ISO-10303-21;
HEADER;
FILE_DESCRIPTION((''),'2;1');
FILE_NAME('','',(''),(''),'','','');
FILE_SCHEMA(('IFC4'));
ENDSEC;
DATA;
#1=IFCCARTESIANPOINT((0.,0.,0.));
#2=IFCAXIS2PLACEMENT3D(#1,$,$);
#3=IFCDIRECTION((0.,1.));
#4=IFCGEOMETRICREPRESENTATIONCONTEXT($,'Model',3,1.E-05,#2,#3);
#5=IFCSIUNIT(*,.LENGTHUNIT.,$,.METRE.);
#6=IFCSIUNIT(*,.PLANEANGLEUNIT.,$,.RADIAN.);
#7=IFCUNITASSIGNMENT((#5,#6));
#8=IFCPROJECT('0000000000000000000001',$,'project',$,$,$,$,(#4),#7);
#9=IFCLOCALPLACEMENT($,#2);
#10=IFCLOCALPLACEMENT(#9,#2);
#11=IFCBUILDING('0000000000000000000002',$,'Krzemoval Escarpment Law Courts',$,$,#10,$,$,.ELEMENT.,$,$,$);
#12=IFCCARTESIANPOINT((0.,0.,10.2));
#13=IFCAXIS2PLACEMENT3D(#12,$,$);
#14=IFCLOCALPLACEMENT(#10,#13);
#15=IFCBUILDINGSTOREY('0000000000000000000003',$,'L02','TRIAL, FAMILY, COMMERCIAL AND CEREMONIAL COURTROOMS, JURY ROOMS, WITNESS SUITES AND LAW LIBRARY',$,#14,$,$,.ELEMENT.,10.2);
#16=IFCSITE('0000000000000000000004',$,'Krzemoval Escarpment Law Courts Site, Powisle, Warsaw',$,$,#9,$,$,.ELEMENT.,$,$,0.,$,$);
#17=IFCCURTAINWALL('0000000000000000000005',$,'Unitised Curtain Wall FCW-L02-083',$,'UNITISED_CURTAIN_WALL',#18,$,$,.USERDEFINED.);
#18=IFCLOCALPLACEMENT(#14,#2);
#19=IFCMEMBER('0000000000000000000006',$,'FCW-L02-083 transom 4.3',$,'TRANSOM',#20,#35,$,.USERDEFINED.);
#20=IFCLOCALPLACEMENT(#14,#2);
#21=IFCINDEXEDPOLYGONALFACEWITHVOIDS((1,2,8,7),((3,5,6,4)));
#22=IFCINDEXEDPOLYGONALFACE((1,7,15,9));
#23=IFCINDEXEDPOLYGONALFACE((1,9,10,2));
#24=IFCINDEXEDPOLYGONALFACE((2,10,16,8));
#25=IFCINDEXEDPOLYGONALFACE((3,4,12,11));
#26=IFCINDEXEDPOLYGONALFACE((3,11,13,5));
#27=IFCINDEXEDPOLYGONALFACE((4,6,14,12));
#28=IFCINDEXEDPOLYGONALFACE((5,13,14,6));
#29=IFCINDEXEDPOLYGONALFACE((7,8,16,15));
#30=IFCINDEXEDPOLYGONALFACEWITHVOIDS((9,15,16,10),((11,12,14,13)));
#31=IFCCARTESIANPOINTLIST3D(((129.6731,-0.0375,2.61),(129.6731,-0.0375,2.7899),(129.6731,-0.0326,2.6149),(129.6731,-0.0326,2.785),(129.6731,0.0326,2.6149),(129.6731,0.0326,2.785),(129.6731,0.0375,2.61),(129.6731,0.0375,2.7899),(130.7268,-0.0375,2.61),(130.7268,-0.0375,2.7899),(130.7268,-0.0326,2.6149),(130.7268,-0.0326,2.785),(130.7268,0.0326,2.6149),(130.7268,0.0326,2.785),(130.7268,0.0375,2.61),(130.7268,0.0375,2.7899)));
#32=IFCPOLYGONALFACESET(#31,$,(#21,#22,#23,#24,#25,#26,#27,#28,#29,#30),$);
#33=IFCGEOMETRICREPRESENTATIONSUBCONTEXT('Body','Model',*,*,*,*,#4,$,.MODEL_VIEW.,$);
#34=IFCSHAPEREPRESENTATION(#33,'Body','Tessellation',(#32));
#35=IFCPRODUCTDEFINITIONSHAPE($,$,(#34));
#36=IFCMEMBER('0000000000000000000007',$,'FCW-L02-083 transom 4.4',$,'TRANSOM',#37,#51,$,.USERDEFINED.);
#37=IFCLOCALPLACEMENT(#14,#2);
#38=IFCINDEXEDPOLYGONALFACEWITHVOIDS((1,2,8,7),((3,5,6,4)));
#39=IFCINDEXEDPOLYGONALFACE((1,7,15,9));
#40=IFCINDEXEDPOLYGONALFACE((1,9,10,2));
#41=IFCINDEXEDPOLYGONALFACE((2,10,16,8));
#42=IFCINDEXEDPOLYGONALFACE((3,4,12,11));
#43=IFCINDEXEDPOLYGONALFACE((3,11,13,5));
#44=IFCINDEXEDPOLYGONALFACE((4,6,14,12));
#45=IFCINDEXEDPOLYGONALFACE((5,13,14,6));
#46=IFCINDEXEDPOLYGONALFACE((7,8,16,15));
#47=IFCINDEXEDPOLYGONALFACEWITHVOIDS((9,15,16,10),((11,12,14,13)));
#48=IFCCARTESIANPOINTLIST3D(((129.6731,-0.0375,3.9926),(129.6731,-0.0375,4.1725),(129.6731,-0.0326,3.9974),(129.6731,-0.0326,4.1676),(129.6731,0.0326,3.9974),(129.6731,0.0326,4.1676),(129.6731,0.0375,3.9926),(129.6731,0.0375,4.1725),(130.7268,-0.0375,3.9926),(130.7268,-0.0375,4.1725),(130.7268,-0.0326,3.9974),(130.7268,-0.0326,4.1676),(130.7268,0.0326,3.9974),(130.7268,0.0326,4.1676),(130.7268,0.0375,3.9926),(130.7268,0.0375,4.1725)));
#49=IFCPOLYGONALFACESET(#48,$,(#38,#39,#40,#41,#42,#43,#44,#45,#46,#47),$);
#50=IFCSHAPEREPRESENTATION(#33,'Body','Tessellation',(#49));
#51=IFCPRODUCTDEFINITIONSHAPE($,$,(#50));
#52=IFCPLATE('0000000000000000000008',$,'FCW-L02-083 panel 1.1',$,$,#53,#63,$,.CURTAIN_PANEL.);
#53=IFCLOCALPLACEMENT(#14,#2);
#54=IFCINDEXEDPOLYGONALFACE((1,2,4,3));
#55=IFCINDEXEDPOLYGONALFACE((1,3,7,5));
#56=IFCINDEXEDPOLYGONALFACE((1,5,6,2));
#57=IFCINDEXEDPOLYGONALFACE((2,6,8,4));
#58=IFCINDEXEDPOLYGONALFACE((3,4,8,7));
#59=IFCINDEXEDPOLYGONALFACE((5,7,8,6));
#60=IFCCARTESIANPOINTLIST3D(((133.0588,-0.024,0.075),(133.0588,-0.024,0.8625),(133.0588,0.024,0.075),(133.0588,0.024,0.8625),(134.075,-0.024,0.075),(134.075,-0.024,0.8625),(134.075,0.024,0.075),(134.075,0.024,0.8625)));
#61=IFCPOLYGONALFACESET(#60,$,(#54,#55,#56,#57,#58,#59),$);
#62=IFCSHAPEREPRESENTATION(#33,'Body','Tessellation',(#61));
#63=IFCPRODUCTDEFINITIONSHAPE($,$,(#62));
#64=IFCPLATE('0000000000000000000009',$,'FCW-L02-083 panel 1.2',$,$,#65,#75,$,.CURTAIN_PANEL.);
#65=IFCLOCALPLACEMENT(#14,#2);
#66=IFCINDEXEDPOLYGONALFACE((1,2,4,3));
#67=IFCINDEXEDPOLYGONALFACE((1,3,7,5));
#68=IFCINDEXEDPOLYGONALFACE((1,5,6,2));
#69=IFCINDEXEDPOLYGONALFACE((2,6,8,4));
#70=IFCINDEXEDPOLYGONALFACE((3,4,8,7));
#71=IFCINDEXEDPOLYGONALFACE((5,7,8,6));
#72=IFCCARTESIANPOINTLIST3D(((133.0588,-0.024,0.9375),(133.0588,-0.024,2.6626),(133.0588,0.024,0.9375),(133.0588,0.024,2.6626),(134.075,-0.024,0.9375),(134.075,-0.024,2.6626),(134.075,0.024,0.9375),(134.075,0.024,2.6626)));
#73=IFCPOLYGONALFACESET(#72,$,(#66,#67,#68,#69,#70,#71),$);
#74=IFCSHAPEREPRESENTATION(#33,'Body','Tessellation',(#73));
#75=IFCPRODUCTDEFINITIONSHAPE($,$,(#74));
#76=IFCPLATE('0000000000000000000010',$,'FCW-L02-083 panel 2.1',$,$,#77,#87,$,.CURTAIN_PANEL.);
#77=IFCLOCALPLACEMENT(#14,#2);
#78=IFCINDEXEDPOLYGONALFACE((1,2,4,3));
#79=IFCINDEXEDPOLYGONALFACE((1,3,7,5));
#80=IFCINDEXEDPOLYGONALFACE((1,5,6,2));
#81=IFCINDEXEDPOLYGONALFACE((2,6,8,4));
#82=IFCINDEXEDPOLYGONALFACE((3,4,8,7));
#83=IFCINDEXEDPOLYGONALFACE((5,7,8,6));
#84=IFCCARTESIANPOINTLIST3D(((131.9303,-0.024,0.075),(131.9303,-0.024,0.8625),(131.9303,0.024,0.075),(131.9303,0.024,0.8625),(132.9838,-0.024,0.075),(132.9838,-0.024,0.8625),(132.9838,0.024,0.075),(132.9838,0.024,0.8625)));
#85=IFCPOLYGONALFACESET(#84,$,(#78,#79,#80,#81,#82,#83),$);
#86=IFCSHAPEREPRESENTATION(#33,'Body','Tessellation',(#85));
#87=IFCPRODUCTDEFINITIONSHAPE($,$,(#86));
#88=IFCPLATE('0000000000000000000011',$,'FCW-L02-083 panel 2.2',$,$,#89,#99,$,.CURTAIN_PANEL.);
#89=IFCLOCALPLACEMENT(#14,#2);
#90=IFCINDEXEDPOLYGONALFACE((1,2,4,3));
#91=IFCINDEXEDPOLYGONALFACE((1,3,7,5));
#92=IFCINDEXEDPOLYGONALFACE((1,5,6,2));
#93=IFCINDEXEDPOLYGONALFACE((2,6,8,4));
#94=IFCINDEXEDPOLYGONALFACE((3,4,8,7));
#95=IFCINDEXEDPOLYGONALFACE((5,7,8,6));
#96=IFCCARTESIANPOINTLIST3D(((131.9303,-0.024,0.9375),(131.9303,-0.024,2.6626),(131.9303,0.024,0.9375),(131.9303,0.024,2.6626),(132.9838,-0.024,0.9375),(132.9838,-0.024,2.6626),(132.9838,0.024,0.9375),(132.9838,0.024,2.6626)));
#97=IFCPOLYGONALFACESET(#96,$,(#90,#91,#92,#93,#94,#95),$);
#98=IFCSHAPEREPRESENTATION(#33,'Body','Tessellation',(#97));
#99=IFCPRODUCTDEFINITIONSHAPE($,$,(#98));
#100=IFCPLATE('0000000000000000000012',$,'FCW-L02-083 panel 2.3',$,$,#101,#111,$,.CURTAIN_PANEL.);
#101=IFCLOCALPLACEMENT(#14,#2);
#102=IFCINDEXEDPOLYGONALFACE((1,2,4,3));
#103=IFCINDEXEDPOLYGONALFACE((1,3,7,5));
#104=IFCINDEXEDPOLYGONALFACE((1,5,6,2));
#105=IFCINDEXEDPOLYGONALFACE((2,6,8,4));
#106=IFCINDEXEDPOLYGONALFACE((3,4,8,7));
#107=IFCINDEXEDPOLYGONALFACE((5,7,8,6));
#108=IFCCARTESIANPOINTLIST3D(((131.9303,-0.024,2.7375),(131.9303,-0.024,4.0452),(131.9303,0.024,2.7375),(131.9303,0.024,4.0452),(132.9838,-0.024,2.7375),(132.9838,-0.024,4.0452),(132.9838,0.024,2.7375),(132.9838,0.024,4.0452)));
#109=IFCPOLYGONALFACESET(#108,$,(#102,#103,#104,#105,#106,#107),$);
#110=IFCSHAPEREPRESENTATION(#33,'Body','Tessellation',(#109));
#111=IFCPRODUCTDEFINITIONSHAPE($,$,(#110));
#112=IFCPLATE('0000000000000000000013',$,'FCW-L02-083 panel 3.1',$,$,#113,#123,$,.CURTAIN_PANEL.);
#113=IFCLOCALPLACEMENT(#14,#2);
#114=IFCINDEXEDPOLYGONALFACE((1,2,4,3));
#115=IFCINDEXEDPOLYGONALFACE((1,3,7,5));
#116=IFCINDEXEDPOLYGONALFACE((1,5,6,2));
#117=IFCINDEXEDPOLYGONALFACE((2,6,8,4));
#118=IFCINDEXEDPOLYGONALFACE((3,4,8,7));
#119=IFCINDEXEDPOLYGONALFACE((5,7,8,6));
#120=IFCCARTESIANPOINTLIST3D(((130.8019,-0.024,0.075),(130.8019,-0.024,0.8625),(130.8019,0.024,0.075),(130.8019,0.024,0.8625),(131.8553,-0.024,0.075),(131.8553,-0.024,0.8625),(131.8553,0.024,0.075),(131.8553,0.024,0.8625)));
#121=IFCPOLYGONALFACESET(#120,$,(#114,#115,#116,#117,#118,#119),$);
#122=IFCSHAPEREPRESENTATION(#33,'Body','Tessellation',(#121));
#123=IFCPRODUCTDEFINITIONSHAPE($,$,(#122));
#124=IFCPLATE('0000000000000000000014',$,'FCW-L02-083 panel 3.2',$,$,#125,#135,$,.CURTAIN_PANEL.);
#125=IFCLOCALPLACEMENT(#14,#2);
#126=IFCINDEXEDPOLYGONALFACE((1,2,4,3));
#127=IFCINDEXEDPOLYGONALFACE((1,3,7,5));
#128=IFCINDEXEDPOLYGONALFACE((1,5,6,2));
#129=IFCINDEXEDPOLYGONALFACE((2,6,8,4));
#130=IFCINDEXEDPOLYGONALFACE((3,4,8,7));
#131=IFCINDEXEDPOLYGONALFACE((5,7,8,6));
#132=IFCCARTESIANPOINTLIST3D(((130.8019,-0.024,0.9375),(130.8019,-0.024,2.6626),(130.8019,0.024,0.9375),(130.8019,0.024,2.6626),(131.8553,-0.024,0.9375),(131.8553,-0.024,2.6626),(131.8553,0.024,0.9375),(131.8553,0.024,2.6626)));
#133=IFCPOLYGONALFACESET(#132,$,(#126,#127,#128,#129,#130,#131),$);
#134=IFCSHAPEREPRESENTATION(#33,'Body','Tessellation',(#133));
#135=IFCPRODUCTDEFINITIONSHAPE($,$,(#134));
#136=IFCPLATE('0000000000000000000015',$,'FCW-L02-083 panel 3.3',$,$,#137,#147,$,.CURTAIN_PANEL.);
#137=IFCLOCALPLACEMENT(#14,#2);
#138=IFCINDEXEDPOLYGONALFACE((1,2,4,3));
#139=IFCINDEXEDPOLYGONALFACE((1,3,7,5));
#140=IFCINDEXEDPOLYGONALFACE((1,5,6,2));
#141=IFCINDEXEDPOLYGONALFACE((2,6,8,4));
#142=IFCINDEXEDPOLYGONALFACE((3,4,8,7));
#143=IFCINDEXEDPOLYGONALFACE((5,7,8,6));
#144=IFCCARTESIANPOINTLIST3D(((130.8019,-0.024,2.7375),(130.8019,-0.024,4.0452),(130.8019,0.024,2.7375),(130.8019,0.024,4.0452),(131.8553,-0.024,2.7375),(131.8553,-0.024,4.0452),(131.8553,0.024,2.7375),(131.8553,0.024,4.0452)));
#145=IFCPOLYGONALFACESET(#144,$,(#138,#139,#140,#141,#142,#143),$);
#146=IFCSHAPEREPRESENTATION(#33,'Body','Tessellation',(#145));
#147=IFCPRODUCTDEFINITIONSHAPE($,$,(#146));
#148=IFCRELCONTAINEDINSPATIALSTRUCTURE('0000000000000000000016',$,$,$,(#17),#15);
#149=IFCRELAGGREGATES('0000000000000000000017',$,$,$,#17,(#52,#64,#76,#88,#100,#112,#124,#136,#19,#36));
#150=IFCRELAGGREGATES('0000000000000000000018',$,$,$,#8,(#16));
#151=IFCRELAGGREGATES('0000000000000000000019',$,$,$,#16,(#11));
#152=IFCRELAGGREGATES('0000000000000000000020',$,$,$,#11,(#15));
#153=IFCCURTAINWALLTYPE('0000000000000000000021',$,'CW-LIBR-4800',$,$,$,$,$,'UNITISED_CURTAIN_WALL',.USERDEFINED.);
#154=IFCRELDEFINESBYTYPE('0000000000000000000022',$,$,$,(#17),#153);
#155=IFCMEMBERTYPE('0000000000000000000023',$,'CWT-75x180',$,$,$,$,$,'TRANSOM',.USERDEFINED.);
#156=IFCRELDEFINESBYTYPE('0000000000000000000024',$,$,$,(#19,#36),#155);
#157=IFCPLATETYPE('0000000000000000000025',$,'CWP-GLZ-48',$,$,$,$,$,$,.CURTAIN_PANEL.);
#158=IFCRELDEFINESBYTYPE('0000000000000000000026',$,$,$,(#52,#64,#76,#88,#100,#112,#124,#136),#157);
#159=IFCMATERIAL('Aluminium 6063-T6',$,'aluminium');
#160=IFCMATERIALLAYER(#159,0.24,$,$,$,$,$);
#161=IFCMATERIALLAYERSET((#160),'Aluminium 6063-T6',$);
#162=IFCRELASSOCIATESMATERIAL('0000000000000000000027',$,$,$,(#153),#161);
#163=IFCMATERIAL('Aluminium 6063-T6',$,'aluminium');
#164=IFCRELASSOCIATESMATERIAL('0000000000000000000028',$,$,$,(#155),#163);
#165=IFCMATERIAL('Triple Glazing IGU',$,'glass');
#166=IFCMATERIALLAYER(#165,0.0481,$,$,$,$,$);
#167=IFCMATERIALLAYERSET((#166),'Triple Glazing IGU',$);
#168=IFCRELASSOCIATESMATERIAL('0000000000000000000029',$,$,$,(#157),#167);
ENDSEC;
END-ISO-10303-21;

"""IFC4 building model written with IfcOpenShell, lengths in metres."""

from ifc_helpers import new_model, si_unit, direction, frame, origin, origin_2d, place, context, subcontext, project, spatial, rectangle, hollow_rectangle, extrude, material, layer, layer_set, material_profile, profile_set, type_object, element, aggregate, save


model = new_model("IFC4")

# Units and contexts
model_context = context("Model", 3, precision=1e-05, world=origin(), true_north=direction((0.0, 1.0)))
body_context = subcontext(model_context, "Body", "Model", "MODEL_VIEW")
ifc_project = project(units=[si_unit("LENGTHUNIT", "METRE"), si_unit("PLANEANGLEUNIT", "RADIAN")], contexts=[model_context])

# Site, building, storey
site_placement = place(None, origin())
site = spatial("IfcSite", under=ifc_project, at=site_placement, Name="Krzemoval Escarpment Law Courts Site, Powisle, Warsaw", CompositionType="ELEMENT", RefElevation=0.0)
building_placement = place(site_placement, origin())
building = spatial("IfcBuilding", under=site, at=building_placement, Name="Krzemoval Escarpment Law Courts", CompositionType="ELEMENT")
storey_placement = place(building_placement, frame((0.0, 0.0, 10.2)))
storey = spatial("IfcBuildingStorey", under=building, at=storey_placement, Name="L02", Description="TRIAL, FAMILY, COMMERCIAL AND CEREMONIAL COURTROOMS, JURY ROOMS, WITNESS SUITES AND LAW LIBRARY", CompositionType="ELEMENT", Elevation=10.2)

# Curtain wall, members, plates
ifc_material_1 = material(Name="Aluminium 6063-T6", Category="aluminium")
ifc_layer_1 = layer(ifc_material_1, 0.24)
ifc_layer_set_1 = layer_set([ifc_layer_1], Name="Aluminium 6063-T6")
curtain_wall_type = type_object("IfcCurtainWallType", Name="CW-LIBR-4800", ElementType="UNITISED_CURTAIN_WALL", PredefinedType="USERDEFINED", material=ifc_layer_set_1)
curtain_wall_placement = place(storey_placement, origin())
curtain_wall = element("IfcCurtainWall", 1, at=curtain_wall_placement, inside=storey, type_object=curtain_wall_type, Name="Unitised Curtain Wall FCW-L02-083", ObjectType="UNITISED_CURTAIN_WALL", PredefinedType="USERDEFINED")
ifc_material_2 = material(Name="Aluminium 6063-T6", Category="aluminium")
ifc_material_profile_1 = material_profile(ifc_material_2, hollow_rectangle(XDim=0.075, YDim=0.1799, WallThickness=0.0049, at=origin_2d()), Name="ALU T75x180")
ifc_profile_set_1 = profile_set([ifc_material_profile_1], Name="Aluminium 6063-T6")
member_type_1 = type_object("IfcMemberType", Name="CWT-75x180", ElementType="TRANSOM", PredefinedType="USERDEFINED", material=ifc_profile_set_1)
member_1_placement = place(storey_placement, frame((130.7268, 0.0, 2.7), z_axis=(-1.0, 0.0, 0.0), x_axis=(0.0, -1.0, 0.0)))
member_1 = element("IfcMember", 2, at=member_1_placement, type_object=member_type_1, Name="FCW-L02-083 transom 4.3", ObjectType="TRANSOM", PredefinedType="USERDEFINED", context=body_context, shape_type="SweptSolid", body=[
    extrude(hollow_rectangle(XDim=0.075, YDim=0.1799, WallThickness=0.0049, at=origin_2d()), origin(), (0.0, 0.0, 1.0), 1.0537),
])
member_2_placement = place(storey_placement, frame((130.7268, 0.0, 4.0825), z_axis=(-1.0, 0.0, 0.0), x_axis=(0.0, -1.0, 0.0)))
member_2 = element("IfcMember", 3, at=member_2_placement, type_object=member_type_1, Name="FCW-L02-083 transom 4.4", ObjectType="TRANSOM", PredefinedType="USERDEFINED", context=body_context, shape_type="SweptSolid", body=[
    extrude(hollow_rectangle(XDim=0.075, YDim=0.1799, WallThickness=0.0049, at=origin_2d()), origin(), (0.0, 0.0, 1.0), 1.0537),
])
ifc_material_3 = material(Name="Triple Glazing IGU", Category="glass")
ifc_layer_2 = layer(ifc_material_3, 0.0481)
ifc_layer_set_2 = layer_set([ifc_layer_2], Name="Triple Glazing IGU")
plate_type = type_object("IfcPlateType", Name="CWP-GLZ-48", PredefinedType="CURTAIN_PANEL", material=ifc_layer_set_2)
plate_1_placement = place(storey_placement, frame((133.5669, 0.0, 0.075), z_axis=(0.0, 0.0, 1.0), x_axis=(-1.0, 0.0, 0.0)))
plate_1 = element("IfcPlate", 4, at=plate_1_placement, type_object=plate_type, Name="FCW-L02-083 panel 1.1", PredefinedType="CURTAIN_PANEL", context=body_context, shape_type="SweptSolid", body=[
    extrude(rectangle(XDim=1.0161, YDim=0.0481, at=origin_2d()), origin(), (0.0, 0.0, 1.0), 0.7876),
])
plate_2_placement = place(storey_placement, frame((133.5669, 0.0, 0.9375), z_axis=(0.0, 0.0, 1.0), x_axis=(-1.0, 0.0, 0.0)))
plate_2 = element("IfcPlate", 5, at=plate_2_placement, type_object=plate_type, Name="FCW-L02-083 panel 1.2", PredefinedType="CURTAIN_PANEL", context=body_context, shape_type="SweptSolid", body=[
    extrude(rectangle(XDim=1.0161, YDim=0.0481, at=origin_2d()), origin(), (0.0, 0.0, 1.0), 1.7251),
])
plate_3_placement = place(storey_placement, frame((132.457, 0.0, 0.075), z_axis=(0.0, 0.0, 1.0), x_axis=(-1.0, 0.0, 0.0)))
plate_3 = element("IfcPlate", 6, at=plate_3_placement, type_object=plate_type, Name="FCW-L02-083 panel 2.1", PredefinedType="CURTAIN_PANEL", context=body_context, shape_type="SweptSolid", body=[
    extrude(rectangle(XDim=1.0535, YDim=0.0481, at=origin_2d()), origin(), (0.0, 0.0, 1.0), 0.7876),
])
plate_4_placement = place(storey_placement, frame((132.457, 0.0, 0.9375), z_axis=(0.0, 0.0, 1.0), x_axis=(-1.0, 0.0, 0.0)))
plate_4 = element("IfcPlate", 7, at=plate_4_placement, type_object=plate_type, Name="FCW-L02-083 panel 2.2", PredefinedType="CURTAIN_PANEL", context=body_context, shape_type="SweptSolid", body=[
    extrude(rectangle(XDim=1.0535, YDim=0.0481, at=origin_2d()), origin(), (0.0, 0.0, 1.0), 1.7251),
])
plate_5_placement = place(storey_placement, frame((132.457, 0.0, 2.7375), z_axis=(0.0, 0.0, 1.0), x_axis=(-1.0, 0.0, 0.0)))
plate_5 = element("IfcPlate", 8, at=plate_5_placement, type_object=plate_type, Name="FCW-L02-083 panel 2.3", PredefinedType="CURTAIN_PANEL", context=body_context, shape_type="SweptSolid", body=[
    extrude(rectangle(XDim=1.0535, YDim=0.0481, at=origin_2d()), origin(), (0.0, 0.0, 1.0), 1.3076),
])
plate_6_placement = place(storey_placement, frame((131.3286, 0.0, 0.075), z_axis=(0.0, 0.0, 1.0), x_axis=(-1.0, 0.0, 0.0)))
plate_6 = element("IfcPlate", 9, at=plate_6_placement, type_object=plate_type, Name="FCW-L02-083 panel 3.1", PredefinedType="CURTAIN_PANEL", context=body_context, shape_type="SweptSolid", body=[
    extrude(rectangle(XDim=1.0535, YDim=0.0481, at=origin_2d()), origin(), (0.0, 0.0, 1.0), 0.7876),
])
plate_7_placement = place(storey_placement, frame((131.3286, 0.0, 0.9375), z_axis=(0.0, 0.0, 1.0), x_axis=(-1.0, 0.0, 0.0)))
plate_7 = element("IfcPlate", 10, at=plate_7_placement, type_object=plate_type, Name="FCW-L02-083 panel 3.2", PredefinedType="CURTAIN_PANEL", context=body_context, shape_type="SweptSolid", body=[
    extrude(rectangle(XDim=1.0535, YDim=0.0481, at=origin_2d()), origin(), (0.0, 0.0, 1.0), 1.7251),
])
plate_8_placement = place(storey_placement, frame((131.3286, 0.0, 2.7375), z_axis=(0.0, 0.0, 1.0), x_axis=(-1.0, 0.0, 0.0)))
plate_8 = element("IfcPlate", 11, at=plate_8_placement, type_object=plate_type, Name="FCW-L02-083 panel 3.3", PredefinedType="CURTAIN_PANEL", context=body_context, shape_type="SweptSolid", body=[
    extrude(rectangle(XDim=1.0535, YDim=0.0481, at=origin_2d()), origin(), (0.0, 0.0, 1.0), 1.3076),
])
aggregate(curtain_wall, [plate_1, plate_2, plate_3, plate_4, plate_5, plate_6, plate_7, plate_8, member_1, member_2])

save(model, "model.ifc")
